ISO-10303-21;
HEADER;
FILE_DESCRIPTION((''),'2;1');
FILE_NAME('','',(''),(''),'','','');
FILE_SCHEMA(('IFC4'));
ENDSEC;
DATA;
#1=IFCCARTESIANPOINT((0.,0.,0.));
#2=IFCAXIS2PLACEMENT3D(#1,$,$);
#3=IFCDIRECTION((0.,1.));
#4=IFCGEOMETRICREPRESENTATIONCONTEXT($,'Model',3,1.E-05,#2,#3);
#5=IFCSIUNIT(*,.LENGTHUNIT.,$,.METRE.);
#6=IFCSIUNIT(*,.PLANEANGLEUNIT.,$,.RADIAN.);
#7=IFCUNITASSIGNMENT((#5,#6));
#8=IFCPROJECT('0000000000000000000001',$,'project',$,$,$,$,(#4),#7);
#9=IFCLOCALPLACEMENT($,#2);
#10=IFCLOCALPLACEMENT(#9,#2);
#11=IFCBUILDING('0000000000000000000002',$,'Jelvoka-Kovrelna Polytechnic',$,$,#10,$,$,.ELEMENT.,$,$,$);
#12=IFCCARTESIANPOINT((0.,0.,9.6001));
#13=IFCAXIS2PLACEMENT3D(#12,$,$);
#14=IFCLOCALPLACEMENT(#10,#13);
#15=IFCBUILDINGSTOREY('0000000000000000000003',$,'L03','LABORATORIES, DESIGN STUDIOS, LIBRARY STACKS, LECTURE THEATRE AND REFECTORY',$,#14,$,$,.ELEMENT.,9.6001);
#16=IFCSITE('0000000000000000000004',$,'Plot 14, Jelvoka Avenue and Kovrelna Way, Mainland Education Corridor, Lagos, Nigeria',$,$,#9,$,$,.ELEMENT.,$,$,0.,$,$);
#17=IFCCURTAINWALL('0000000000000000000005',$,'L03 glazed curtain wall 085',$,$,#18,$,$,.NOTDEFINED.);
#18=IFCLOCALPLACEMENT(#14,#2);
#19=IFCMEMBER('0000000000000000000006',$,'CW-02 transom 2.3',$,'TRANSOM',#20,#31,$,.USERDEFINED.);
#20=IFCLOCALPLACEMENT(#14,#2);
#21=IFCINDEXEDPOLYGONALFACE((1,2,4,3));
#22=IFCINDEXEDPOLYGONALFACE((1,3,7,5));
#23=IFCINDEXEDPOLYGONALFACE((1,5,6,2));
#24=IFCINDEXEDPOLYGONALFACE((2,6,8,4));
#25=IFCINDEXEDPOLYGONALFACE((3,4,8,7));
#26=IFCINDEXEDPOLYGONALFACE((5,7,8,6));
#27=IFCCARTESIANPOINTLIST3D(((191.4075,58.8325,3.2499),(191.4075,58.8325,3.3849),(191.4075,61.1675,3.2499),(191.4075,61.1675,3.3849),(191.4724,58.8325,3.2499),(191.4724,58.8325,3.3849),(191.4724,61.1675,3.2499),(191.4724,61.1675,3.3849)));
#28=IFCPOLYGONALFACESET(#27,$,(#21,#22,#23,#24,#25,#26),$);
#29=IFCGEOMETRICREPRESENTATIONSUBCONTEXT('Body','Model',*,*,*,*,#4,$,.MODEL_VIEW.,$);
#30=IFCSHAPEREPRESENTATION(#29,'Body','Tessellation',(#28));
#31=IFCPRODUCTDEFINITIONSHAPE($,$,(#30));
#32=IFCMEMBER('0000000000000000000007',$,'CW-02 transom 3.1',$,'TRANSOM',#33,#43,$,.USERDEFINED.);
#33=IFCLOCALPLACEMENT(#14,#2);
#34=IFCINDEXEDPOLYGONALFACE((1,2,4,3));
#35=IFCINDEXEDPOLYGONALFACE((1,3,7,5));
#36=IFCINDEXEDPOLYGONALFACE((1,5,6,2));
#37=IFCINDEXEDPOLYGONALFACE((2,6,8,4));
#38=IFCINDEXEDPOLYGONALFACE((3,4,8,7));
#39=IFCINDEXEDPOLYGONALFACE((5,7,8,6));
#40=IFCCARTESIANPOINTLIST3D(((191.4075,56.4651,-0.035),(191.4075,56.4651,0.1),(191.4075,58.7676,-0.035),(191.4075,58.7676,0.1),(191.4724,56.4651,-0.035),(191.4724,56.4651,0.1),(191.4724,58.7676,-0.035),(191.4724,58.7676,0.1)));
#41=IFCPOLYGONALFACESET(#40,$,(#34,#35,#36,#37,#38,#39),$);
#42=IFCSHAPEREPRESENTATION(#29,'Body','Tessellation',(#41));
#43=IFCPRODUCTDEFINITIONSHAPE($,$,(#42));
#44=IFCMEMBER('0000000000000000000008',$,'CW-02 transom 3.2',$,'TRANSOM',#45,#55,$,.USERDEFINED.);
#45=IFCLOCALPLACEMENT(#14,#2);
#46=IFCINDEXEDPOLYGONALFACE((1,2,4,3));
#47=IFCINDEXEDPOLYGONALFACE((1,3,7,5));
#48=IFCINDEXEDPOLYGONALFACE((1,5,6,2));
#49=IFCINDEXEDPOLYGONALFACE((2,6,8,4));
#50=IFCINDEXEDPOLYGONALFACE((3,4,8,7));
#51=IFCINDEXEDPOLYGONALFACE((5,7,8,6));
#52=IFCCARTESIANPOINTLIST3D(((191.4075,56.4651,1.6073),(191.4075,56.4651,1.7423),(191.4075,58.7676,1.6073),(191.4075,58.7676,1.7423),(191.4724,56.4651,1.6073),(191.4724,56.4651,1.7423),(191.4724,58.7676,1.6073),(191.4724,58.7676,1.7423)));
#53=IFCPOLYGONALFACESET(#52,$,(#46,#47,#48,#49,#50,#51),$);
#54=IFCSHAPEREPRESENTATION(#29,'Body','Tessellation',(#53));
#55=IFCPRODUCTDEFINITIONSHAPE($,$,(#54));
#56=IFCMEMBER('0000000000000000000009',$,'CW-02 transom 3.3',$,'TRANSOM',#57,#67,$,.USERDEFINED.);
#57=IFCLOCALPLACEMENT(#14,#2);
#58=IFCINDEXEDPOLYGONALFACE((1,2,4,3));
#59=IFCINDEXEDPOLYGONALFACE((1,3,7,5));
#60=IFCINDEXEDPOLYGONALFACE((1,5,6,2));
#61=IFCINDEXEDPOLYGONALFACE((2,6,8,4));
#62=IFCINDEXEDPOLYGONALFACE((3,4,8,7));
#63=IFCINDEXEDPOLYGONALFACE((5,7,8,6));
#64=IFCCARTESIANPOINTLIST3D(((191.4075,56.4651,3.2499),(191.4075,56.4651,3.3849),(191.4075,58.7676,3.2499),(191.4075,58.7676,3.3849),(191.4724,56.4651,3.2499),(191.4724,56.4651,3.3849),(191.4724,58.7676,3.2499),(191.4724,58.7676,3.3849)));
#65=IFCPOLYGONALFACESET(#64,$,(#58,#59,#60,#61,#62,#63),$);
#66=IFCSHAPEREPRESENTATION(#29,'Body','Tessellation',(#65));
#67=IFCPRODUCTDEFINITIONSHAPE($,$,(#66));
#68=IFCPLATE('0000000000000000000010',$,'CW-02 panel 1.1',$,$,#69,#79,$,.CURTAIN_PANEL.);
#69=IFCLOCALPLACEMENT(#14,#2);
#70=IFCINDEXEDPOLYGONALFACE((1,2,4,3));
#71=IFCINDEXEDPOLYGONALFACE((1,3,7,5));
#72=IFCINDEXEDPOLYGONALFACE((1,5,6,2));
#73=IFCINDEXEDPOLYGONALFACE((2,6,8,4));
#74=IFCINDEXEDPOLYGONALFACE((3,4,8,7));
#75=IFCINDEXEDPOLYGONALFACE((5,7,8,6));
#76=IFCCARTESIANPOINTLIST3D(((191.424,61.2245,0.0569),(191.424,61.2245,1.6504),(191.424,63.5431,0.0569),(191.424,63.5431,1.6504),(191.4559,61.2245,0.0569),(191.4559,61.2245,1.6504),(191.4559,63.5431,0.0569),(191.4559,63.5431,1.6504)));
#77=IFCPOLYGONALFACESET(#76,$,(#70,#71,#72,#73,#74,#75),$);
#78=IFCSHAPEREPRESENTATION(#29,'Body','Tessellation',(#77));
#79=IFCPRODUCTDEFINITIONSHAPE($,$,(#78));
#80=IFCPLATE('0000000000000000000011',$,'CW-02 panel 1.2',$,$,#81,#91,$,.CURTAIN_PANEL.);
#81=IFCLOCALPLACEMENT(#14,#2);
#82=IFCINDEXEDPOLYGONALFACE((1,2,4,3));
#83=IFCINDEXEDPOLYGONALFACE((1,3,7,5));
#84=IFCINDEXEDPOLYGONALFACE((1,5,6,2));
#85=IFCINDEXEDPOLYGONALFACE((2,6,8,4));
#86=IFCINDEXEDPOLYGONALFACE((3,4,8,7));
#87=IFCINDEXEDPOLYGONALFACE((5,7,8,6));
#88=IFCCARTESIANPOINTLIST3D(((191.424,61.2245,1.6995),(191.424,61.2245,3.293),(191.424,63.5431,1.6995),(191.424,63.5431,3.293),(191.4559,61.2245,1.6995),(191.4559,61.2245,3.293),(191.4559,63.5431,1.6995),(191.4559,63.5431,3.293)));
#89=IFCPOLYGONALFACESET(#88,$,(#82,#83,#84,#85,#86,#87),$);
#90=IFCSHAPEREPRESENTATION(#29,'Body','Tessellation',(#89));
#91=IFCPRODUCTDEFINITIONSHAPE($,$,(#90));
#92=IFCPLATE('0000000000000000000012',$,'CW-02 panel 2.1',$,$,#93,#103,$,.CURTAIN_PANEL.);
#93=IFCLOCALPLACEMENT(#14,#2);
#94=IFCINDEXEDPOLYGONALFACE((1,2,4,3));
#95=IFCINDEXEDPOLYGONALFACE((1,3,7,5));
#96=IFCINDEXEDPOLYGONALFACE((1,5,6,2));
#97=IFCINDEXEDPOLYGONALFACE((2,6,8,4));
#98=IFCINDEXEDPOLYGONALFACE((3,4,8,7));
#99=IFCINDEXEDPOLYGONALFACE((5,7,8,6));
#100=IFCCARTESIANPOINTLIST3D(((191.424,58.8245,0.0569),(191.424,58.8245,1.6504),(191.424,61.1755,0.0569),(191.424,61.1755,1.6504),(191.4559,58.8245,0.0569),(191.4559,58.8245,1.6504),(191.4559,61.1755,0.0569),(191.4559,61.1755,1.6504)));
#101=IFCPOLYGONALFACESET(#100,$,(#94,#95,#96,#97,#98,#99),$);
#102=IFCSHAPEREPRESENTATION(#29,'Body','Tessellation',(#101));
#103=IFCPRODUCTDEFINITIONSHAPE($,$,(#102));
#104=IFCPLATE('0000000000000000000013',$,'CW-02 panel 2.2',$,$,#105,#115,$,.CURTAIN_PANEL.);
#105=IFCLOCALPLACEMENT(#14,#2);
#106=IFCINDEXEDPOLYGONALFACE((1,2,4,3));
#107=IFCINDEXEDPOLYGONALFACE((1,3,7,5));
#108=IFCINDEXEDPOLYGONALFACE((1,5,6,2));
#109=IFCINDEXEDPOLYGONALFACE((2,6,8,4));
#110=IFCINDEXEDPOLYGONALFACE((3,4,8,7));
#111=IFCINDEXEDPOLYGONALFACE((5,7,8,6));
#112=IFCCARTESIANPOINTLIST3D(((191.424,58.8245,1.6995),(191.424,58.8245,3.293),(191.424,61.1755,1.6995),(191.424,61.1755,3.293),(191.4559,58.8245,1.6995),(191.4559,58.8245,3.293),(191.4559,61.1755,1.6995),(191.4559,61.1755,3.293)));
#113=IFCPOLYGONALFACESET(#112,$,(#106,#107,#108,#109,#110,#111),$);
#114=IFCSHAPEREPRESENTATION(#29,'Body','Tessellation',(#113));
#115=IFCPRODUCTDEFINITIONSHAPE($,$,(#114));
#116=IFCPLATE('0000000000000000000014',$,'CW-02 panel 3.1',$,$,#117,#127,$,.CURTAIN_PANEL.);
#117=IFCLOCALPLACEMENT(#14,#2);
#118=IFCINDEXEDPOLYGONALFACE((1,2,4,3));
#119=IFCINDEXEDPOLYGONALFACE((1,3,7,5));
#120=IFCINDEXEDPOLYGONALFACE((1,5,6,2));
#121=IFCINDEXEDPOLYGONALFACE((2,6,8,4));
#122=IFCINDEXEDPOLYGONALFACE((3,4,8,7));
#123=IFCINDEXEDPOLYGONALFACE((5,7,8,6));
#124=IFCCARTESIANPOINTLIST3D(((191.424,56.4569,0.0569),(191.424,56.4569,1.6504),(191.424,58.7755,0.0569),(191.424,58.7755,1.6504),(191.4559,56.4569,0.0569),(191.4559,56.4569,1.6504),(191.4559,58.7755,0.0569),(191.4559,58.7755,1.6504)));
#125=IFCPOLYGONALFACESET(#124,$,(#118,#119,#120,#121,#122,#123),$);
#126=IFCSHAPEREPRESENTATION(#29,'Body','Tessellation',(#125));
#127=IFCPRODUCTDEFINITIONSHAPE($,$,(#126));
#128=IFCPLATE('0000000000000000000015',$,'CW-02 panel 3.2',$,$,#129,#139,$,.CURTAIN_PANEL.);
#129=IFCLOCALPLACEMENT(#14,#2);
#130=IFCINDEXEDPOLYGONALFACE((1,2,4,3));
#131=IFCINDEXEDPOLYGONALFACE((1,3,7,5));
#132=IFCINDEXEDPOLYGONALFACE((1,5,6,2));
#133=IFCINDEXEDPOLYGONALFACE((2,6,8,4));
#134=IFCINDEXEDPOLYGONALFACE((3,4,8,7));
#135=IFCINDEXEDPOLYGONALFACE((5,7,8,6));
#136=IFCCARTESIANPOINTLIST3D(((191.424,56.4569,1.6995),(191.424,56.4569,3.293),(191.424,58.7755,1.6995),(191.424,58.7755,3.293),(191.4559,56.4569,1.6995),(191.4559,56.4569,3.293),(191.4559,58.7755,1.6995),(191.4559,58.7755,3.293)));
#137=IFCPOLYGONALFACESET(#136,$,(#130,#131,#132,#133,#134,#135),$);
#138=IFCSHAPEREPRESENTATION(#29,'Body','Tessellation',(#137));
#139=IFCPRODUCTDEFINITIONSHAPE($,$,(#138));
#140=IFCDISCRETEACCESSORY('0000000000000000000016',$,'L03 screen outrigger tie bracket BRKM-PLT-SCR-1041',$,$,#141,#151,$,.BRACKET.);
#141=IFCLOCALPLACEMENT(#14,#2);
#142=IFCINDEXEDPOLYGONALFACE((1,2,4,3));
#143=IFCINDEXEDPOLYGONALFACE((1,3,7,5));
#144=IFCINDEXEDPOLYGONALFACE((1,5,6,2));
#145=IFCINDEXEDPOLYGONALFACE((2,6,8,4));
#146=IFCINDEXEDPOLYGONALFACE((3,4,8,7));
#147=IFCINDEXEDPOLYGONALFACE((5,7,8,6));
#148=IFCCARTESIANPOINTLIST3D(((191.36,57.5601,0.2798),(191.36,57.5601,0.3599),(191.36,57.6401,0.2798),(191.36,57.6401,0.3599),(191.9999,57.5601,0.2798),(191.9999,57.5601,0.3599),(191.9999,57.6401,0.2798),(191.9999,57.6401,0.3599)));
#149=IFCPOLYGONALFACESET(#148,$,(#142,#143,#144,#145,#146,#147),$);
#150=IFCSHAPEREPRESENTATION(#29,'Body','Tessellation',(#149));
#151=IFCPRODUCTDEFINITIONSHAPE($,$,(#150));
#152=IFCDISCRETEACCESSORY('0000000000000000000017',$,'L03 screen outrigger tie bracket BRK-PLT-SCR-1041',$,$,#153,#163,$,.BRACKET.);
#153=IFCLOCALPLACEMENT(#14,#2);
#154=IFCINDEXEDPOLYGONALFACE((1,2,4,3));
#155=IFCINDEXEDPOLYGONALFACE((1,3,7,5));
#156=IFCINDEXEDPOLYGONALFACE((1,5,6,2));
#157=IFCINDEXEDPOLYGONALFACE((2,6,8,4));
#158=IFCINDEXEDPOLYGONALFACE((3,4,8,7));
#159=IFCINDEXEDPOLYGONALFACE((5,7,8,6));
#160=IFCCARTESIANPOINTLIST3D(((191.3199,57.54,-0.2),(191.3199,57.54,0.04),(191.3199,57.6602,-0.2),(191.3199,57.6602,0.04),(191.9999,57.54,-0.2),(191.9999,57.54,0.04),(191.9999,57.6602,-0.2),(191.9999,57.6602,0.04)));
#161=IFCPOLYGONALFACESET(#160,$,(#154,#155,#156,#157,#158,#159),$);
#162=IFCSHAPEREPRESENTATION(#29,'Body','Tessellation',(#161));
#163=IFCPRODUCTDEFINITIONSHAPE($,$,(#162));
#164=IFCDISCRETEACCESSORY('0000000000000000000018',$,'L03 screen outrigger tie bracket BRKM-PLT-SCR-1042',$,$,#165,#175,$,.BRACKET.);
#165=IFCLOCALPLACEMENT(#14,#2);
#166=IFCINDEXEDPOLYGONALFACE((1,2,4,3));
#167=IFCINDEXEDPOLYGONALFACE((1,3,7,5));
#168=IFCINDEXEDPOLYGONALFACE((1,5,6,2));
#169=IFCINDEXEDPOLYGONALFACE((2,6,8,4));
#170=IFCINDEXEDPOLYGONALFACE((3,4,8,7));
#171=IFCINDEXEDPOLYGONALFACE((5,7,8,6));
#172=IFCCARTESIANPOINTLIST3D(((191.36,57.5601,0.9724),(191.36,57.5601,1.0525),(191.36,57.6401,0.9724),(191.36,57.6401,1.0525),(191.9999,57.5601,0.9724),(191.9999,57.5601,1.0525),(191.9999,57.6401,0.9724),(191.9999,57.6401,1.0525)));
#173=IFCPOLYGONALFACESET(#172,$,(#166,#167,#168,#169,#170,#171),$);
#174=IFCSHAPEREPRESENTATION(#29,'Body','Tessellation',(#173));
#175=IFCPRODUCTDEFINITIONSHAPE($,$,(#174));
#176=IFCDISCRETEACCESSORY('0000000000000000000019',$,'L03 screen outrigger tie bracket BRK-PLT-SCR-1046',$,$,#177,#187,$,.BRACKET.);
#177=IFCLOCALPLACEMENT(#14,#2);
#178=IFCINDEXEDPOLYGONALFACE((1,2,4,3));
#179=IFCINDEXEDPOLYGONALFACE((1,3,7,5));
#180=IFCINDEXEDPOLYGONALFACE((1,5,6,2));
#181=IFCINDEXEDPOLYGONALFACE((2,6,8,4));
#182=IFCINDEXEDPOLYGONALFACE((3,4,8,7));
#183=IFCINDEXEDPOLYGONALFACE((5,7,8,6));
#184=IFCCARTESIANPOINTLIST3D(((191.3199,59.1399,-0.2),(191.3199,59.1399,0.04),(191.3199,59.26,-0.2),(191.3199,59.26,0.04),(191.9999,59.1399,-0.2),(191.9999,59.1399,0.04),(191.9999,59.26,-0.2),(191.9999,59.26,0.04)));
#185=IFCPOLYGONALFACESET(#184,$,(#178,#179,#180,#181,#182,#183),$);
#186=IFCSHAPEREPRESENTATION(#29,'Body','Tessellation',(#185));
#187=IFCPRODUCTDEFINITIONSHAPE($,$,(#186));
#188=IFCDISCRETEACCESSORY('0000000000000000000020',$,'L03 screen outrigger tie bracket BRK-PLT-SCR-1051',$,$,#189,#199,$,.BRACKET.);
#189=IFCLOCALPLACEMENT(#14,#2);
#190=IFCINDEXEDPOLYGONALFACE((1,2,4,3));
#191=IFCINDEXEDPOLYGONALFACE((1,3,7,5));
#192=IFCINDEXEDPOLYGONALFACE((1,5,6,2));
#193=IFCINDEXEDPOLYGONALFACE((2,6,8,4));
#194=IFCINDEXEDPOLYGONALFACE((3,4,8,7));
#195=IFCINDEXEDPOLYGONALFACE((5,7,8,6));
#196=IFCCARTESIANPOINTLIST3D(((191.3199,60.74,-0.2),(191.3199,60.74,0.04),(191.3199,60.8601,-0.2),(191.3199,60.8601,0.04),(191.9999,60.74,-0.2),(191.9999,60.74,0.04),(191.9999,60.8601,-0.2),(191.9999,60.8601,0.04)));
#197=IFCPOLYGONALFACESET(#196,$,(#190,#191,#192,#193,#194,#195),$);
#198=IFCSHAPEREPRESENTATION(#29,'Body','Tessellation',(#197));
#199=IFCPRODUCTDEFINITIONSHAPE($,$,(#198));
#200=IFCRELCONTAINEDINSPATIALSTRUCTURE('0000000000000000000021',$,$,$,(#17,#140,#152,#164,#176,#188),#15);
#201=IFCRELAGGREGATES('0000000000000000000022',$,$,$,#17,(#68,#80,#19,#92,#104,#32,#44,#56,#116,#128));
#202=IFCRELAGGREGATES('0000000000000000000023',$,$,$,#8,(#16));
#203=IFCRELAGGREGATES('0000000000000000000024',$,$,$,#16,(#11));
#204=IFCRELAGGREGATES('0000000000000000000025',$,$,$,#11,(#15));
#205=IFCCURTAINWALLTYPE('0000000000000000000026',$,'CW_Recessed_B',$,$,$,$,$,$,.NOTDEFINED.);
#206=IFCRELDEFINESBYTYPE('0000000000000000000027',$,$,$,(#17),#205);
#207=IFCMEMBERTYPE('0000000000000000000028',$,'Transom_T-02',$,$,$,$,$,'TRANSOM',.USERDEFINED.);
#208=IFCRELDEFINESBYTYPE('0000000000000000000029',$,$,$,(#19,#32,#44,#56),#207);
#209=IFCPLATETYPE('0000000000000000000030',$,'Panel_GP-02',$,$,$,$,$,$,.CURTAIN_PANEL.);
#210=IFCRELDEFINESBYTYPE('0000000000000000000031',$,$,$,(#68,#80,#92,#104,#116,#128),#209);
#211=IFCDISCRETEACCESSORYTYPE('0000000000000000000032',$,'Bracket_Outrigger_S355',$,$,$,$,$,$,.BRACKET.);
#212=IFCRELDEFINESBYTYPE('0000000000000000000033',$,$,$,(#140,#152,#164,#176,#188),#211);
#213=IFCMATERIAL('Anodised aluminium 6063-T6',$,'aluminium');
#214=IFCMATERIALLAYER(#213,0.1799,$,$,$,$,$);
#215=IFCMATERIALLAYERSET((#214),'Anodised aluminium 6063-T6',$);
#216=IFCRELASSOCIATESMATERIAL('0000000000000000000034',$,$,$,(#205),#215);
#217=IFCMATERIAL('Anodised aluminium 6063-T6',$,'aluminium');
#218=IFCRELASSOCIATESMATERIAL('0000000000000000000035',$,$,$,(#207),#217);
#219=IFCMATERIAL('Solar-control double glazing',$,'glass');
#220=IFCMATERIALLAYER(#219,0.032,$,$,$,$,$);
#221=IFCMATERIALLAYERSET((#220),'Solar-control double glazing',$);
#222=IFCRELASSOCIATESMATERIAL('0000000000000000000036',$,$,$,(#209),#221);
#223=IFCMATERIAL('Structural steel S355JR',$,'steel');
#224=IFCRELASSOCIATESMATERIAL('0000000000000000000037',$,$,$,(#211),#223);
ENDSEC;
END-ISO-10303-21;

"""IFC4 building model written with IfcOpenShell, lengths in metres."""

from ifc_helpers import new_model, si_unit, direction, frame, origin, origin_2d, place, context, subcontext, project, spatial, rectangle, extrude, material, layer, layer_set, material_profile, profile_set, type_object, element, aggregate, save


model = new_model("IFC4")

# Units and contexts
model_context = context("Model", 3, precision=1e-05, world=origin(), true_north=direction((0.0, 1.0)))
body_context = subcontext(model_context, "Body", "Model", "MODEL_VIEW")
ifc_project = project(units=[si_unit("LENGTHUNIT", "METRE"), si_unit("PLANEANGLEUNIT", "RADIAN")], contexts=[model_context])

# Site, building, storey
site_placement = place(None, origin())
site = spatial("IfcSite", under=ifc_project, at=site_placement, Name="Plot 14, Jelvoka Avenue and Kovrelna Way, Mainland Education Corridor, Lagos, Nigeria", CompositionType="ELEMENT", RefElevation=0.0)
building_placement = place(site_placement, origin())
building = spatial("IfcBuilding", under=site, at=building_placement, Name="Jelvoka-Kovrelna Polytechnic", CompositionType="ELEMENT")
storey_placement = place(building_placement, frame((0.0, 0.0, 9.6001)))
storey = spatial("IfcBuildingStorey", under=building, at=storey_placement, Name="L03", Description="LABORATORIES, DESIGN STUDIOS, LIBRARY STACKS, LECTURE THEATRE AND REFECTORY", CompositionType="ELEMENT", Elevation=9.6001)

# Curtain wall, members, plates
ifc_material_1 = material(Name="Anodised aluminium 6063-T6", Category="aluminium")
ifc_layer_1 = layer(ifc_material_1, 0.1799)
ifc_layer_set_1 = layer_set([ifc_layer_1], Name="Anodised aluminium 6063-T6")
curtain_wall_type = type_object("IfcCurtainWallType", Name="CW_Recessed_B", PredefinedType="NOTDEFINED", material=ifc_layer_set_1)
curtain_wall_placement = place(storey_placement, origin())
curtain_wall = element("IfcCurtainWall", 1, at=curtain_wall_placement, inside=storey, type_object=curtain_wall_type, Name="L03 glazed curtain wall 085", PredefinedType="NOTDEFINED")
ifc_material_2 = material(Name="Anodised aluminium 6063-T6", Category="aluminium")
ifc_material_profile_1 = material_profile(ifc_material_2, rectangle(XDim=0.0649, YDim=0.135, at=origin_2d()), Name="ALU 65x135")
ifc_profile_set_1 = profile_set([ifc_material_profile_1], Name="Anodised aluminium 6063-T6")
member_type_1 = type_object("IfcMemberType", Name="Transom_T-02", ElementType="TRANSOM", PredefinedType="USERDEFINED", material=ifc_profile_set_1)
member_1_placement = place(storey_placement, frame((191.4399, 61.1675, 3.3174), z_axis=(0.0, -1.0, 0.0), x_axis=(1.0, 0.0, 0.0)))
member_1 = element("IfcMember", 2, at=member_1_placement, type_object=member_type_1, Name="CW-02 transom 2.3", ObjectType="TRANSOM", PredefinedType="USERDEFINED", context=body_context, shape_type="SweptSolid", body=[
    extrude(rectangle(XDim=0.0649, YDim=0.135, at=origin_2d()), origin(), (0.0, 0.0, 1.0), 2.335),
])
member_2_placement = place(storey_placement, frame((191.4399, 58.7676, 0.0325), z_axis=(0.0, -1.0, 0.0), x_axis=(1.0, 0.0, 0.0)))
member_2 = element("IfcMember", 3, at=member_2_placement, type_object=member_type_1, Name="CW-02 transom 3.1", ObjectType="TRANSOM", PredefinedType="USERDEFINED", context=body_context, shape_type="SweptSolid", body=[
    extrude(rectangle(XDim=0.0649, YDim=0.135, at=origin_2d()), origin(), (0.0, 0.0, 1.0), 2.3025),
])
member_3_placement = place(storey_placement, frame((191.4399, 58.7676, 1.6748), z_axis=(0.0, -1.0, 0.0), x_axis=(1.0, 0.0, 0.0)))
member_3 = element("IfcMember", 4, at=member_3_placement, type_object=member_type_1, Name="CW-02 transom 3.2", ObjectType="TRANSOM", PredefinedType="USERDEFINED", context=body_context, shape_type="SweptSolid", body=[
    extrude(rectangle(XDim=0.0649, YDim=0.135, at=origin_2d()), origin(), (0.0, 0.0, 1.0), 2.3025),
])
member_4_placement = place(storey_placement, frame((191.4399, 58.7676, 3.3174), z_axis=(0.0, -1.0, 0.0), x_axis=(1.0, 0.0, 0.0)))
member_4 = element("IfcMember", 5, at=member_4_placement, type_object=member_type_1, Name="CW-02 transom 3.3", ObjectType="TRANSOM", PredefinedType="USERDEFINED", context=body_context, shape_type="SweptSolid", body=[
    extrude(rectangle(XDim=0.0649, YDim=0.135, at=origin_2d()), origin(), (0.0, 0.0, 1.0), 2.3025),
])
ifc_material_3 = material(Name="Solar-control double glazing", Category="glass")
ifc_layer_2 = layer(ifc_material_3, 0.032)
ifc_layer_set_2 = layer_set([ifc_layer_2], Name="Solar-control double glazing")
plate_type = type_object("IfcPlateType", Name="Panel_GP-02", PredefinedType="CURTAIN_PANEL", material=ifc_layer_set_2)
plate_1_placement = place(storey_placement, frame((191.4399, 62.3838, 0.0569), z_axis=(0.0, 0.0, 1.0), x_axis=(0.0, -1.0, 0.0)))
plate_1 = element("IfcPlate", 6, at=plate_1_placement, type_object=plate_type, Name="CW-02 panel 1.1", PredefinedType="CURTAIN_PANEL", context=body_context, shape_type="SweptSolid", body=[
    extrude(rectangle(XDim=2.3186, YDim=0.032, at=origin_2d()), origin(), (0.0, 0.0, 1.0), 1.5935),
])
plate_2_placement = place(storey_placement, frame((191.4399, 62.3838, 1.6995), z_axis=(0.0, 0.0, 1.0), x_axis=(0.0, -1.0, 0.0)))
plate_2 = element("IfcPlate", 7, at=plate_2_placement, type_object=plate_type, Name="CW-02 panel 1.2", PredefinedType="CURTAIN_PANEL", context=body_context, shape_type="SweptSolid", body=[
    extrude(rectangle(XDim=2.3186, YDim=0.032, at=origin_2d()), origin(), (0.0, 0.0, 1.0), 1.5935),
])
plate_3_placement = place(storey_placement, frame((191.4399, 60.0, 0.0569), z_axis=(0.0, 0.0, 1.0), x_axis=(0.0, -1.0, 0.0)))
plate_3 = element("IfcPlate", 8, at=plate_3_placement, type_object=plate_type, Name="CW-02 panel 2.1", PredefinedType="CURTAIN_PANEL", context=body_context, shape_type="SweptSolid", body=[
    extrude(rectangle(XDim=2.3511, YDim=0.032, at=origin_2d()), origin(), (0.0, 0.0, 1.0), 1.5935),
])
plate_4_placement = place(storey_placement, frame((191.4399, 60.0, 1.6995), z_axis=(0.0, 0.0, 1.0), x_axis=(0.0, -1.0, 0.0)))
plate_4 = element("IfcPlate", 9, at=plate_4_placement, type_object=plate_type, Name="CW-02 panel 2.2", PredefinedType="CURTAIN_PANEL", context=body_context, shape_type="SweptSolid", body=[
    extrude(rectangle(XDim=2.3511, YDim=0.032, at=origin_2d()), origin(), (0.0, 0.0, 1.0), 1.5935),
])
plate_5_placement = place(storey_placement, frame((191.4399, 57.6162, 0.0569), z_axis=(0.0, 0.0, 1.0), x_axis=(0.0, -1.0, 0.0)))
plate_5 = element("IfcPlate", 10, at=plate_5_placement, type_object=plate_type, Name="CW-02 panel 3.1", PredefinedType="CURTAIN_PANEL", context=body_context, shape_type="SweptSolid", body=[
    extrude(rectangle(XDim=2.3186, YDim=0.032, at=origin_2d()), origin(), (0.0, 0.0, 1.0), 1.5935),
])
plate_6_placement = place(storey_placement, frame((191.4399, 57.6162, 1.6995), z_axis=(0.0, 0.0, 1.0), x_axis=(0.0, -1.0, 0.0)))
plate_6 = element("IfcPlate", 11, at=plate_6_placement, type_object=plate_type, Name="CW-02 panel 3.2", PredefinedType="CURTAIN_PANEL", context=body_context, shape_type="SweptSolid", body=[
    extrude(rectangle(XDim=2.3186, YDim=0.032, at=origin_2d()), origin(), (0.0, 0.0, 1.0), 1.5935),
])
aggregate(curtain_wall, [plate_1, plate_2, member_1, plate_3, plate_4, member_2, member_3, member_4, plate_5, plate_6])

# Discrete accessories
ifc_material_4 = material(Name="Structural steel S355JR", Category="steel")
discrete_accessory_type = type_object("IfcDiscreteAccessoryType", Name="Bracket_Outrigger_S355", PredefinedType="BRACKET", material=ifc_material_4)
discrete_accessory_1_placement = place(storey_placement, frame((191.6799, 57.6001, 0.2798), z_axis=(0.0, 0.0, 1.0), x_axis=(1.0, 0.0, 0.0)))
element("IfcDiscreteAccessory", 12, at=discrete_accessory_1_placement, inside=storey, type_object=discrete_accessory_type, Name="L03 screen outrigger tie bracket BRKM-PLT-SCR-1041", PredefinedType="BRACKET", context=body_context, shape_type="SweptSolid", body=[
    extrude(rectangle(XDim=0.6399, YDim=0.0801, at=origin_2d()), origin(), (0.0, 0.0, 1.0), 0.0801),
])
discrete_accessory_2_placement = place(storey_placement, frame((191.6599, 57.6001, -0.2), z_axis=(0.0, 0.0, 1.0), x_axis=(1.0, 0.0, 0.0)))
element("IfcDiscreteAccessory", 13, at=discrete_accessory_2_placement, inside=storey, type_object=discrete_accessory_type, Name="L03 screen outrigger tie bracket BRK-PLT-SCR-1041", PredefinedType="BRACKET", context=body_context, shape_type="SweptSolid", body=[
    extrude(rectangle(XDim=0.6799, YDim=0.1201, at=origin_2d()), origin(), (0.0, 0.0, 1.0), 0.24),
])
discrete_accessory_3_placement = place(storey_placement, frame((191.6799, 57.6001, 0.9724), z_axis=(0.0, 0.0, 1.0), x_axis=(1.0, 0.0, 0.0)))
element("IfcDiscreteAccessory", 14, at=discrete_accessory_3_placement, inside=storey, type_object=discrete_accessory_type, Name="L03 screen outrigger tie bracket BRKM-PLT-SCR-1042", PredefinedType="BRACKET", context=body_context, shape_type="SweptSolid", body=[
    extrude(rectangle(XDim=0.6399, YDim=0.0801, at=origin_2d()), origin(), (0.0, 0.0, 1.0), 0.0801),
])
for number, where, z_axis, x_axis, name in (
    (15, (191.6599, 59.2, -0.2), (0.0, 0.0, 1.0), (1.0, 0.0, 0.0), "L03 screen outrigger tie bracket BRK-PLT-SCR-1046"),
    (16, (191.6599, 60.8, -0.2), (0.0, 0.0, 1.0), (1.0, 0.0, 0.0), "L03 screen outrigger tie bracket BRK-PLT-SCR-1051"),
):
    element("IfcDiscreteAccessory", number, at=place(storey_placement, frame(where, z_axis=z_axis, x_axis=x_axis)), inside=storey, type_object=discrete_accessory_type, Name=name, PredefinedType="BRACKET", context=body_context, shape_type="SweptSolid", body=[
        extrude(rectangle(XDim=0.6799, YDim=0.1201, at=origin_2d()), origin(), (0.0, 0.0, 1.0), 0.24),
    ])

save(model, "model.ifc")
